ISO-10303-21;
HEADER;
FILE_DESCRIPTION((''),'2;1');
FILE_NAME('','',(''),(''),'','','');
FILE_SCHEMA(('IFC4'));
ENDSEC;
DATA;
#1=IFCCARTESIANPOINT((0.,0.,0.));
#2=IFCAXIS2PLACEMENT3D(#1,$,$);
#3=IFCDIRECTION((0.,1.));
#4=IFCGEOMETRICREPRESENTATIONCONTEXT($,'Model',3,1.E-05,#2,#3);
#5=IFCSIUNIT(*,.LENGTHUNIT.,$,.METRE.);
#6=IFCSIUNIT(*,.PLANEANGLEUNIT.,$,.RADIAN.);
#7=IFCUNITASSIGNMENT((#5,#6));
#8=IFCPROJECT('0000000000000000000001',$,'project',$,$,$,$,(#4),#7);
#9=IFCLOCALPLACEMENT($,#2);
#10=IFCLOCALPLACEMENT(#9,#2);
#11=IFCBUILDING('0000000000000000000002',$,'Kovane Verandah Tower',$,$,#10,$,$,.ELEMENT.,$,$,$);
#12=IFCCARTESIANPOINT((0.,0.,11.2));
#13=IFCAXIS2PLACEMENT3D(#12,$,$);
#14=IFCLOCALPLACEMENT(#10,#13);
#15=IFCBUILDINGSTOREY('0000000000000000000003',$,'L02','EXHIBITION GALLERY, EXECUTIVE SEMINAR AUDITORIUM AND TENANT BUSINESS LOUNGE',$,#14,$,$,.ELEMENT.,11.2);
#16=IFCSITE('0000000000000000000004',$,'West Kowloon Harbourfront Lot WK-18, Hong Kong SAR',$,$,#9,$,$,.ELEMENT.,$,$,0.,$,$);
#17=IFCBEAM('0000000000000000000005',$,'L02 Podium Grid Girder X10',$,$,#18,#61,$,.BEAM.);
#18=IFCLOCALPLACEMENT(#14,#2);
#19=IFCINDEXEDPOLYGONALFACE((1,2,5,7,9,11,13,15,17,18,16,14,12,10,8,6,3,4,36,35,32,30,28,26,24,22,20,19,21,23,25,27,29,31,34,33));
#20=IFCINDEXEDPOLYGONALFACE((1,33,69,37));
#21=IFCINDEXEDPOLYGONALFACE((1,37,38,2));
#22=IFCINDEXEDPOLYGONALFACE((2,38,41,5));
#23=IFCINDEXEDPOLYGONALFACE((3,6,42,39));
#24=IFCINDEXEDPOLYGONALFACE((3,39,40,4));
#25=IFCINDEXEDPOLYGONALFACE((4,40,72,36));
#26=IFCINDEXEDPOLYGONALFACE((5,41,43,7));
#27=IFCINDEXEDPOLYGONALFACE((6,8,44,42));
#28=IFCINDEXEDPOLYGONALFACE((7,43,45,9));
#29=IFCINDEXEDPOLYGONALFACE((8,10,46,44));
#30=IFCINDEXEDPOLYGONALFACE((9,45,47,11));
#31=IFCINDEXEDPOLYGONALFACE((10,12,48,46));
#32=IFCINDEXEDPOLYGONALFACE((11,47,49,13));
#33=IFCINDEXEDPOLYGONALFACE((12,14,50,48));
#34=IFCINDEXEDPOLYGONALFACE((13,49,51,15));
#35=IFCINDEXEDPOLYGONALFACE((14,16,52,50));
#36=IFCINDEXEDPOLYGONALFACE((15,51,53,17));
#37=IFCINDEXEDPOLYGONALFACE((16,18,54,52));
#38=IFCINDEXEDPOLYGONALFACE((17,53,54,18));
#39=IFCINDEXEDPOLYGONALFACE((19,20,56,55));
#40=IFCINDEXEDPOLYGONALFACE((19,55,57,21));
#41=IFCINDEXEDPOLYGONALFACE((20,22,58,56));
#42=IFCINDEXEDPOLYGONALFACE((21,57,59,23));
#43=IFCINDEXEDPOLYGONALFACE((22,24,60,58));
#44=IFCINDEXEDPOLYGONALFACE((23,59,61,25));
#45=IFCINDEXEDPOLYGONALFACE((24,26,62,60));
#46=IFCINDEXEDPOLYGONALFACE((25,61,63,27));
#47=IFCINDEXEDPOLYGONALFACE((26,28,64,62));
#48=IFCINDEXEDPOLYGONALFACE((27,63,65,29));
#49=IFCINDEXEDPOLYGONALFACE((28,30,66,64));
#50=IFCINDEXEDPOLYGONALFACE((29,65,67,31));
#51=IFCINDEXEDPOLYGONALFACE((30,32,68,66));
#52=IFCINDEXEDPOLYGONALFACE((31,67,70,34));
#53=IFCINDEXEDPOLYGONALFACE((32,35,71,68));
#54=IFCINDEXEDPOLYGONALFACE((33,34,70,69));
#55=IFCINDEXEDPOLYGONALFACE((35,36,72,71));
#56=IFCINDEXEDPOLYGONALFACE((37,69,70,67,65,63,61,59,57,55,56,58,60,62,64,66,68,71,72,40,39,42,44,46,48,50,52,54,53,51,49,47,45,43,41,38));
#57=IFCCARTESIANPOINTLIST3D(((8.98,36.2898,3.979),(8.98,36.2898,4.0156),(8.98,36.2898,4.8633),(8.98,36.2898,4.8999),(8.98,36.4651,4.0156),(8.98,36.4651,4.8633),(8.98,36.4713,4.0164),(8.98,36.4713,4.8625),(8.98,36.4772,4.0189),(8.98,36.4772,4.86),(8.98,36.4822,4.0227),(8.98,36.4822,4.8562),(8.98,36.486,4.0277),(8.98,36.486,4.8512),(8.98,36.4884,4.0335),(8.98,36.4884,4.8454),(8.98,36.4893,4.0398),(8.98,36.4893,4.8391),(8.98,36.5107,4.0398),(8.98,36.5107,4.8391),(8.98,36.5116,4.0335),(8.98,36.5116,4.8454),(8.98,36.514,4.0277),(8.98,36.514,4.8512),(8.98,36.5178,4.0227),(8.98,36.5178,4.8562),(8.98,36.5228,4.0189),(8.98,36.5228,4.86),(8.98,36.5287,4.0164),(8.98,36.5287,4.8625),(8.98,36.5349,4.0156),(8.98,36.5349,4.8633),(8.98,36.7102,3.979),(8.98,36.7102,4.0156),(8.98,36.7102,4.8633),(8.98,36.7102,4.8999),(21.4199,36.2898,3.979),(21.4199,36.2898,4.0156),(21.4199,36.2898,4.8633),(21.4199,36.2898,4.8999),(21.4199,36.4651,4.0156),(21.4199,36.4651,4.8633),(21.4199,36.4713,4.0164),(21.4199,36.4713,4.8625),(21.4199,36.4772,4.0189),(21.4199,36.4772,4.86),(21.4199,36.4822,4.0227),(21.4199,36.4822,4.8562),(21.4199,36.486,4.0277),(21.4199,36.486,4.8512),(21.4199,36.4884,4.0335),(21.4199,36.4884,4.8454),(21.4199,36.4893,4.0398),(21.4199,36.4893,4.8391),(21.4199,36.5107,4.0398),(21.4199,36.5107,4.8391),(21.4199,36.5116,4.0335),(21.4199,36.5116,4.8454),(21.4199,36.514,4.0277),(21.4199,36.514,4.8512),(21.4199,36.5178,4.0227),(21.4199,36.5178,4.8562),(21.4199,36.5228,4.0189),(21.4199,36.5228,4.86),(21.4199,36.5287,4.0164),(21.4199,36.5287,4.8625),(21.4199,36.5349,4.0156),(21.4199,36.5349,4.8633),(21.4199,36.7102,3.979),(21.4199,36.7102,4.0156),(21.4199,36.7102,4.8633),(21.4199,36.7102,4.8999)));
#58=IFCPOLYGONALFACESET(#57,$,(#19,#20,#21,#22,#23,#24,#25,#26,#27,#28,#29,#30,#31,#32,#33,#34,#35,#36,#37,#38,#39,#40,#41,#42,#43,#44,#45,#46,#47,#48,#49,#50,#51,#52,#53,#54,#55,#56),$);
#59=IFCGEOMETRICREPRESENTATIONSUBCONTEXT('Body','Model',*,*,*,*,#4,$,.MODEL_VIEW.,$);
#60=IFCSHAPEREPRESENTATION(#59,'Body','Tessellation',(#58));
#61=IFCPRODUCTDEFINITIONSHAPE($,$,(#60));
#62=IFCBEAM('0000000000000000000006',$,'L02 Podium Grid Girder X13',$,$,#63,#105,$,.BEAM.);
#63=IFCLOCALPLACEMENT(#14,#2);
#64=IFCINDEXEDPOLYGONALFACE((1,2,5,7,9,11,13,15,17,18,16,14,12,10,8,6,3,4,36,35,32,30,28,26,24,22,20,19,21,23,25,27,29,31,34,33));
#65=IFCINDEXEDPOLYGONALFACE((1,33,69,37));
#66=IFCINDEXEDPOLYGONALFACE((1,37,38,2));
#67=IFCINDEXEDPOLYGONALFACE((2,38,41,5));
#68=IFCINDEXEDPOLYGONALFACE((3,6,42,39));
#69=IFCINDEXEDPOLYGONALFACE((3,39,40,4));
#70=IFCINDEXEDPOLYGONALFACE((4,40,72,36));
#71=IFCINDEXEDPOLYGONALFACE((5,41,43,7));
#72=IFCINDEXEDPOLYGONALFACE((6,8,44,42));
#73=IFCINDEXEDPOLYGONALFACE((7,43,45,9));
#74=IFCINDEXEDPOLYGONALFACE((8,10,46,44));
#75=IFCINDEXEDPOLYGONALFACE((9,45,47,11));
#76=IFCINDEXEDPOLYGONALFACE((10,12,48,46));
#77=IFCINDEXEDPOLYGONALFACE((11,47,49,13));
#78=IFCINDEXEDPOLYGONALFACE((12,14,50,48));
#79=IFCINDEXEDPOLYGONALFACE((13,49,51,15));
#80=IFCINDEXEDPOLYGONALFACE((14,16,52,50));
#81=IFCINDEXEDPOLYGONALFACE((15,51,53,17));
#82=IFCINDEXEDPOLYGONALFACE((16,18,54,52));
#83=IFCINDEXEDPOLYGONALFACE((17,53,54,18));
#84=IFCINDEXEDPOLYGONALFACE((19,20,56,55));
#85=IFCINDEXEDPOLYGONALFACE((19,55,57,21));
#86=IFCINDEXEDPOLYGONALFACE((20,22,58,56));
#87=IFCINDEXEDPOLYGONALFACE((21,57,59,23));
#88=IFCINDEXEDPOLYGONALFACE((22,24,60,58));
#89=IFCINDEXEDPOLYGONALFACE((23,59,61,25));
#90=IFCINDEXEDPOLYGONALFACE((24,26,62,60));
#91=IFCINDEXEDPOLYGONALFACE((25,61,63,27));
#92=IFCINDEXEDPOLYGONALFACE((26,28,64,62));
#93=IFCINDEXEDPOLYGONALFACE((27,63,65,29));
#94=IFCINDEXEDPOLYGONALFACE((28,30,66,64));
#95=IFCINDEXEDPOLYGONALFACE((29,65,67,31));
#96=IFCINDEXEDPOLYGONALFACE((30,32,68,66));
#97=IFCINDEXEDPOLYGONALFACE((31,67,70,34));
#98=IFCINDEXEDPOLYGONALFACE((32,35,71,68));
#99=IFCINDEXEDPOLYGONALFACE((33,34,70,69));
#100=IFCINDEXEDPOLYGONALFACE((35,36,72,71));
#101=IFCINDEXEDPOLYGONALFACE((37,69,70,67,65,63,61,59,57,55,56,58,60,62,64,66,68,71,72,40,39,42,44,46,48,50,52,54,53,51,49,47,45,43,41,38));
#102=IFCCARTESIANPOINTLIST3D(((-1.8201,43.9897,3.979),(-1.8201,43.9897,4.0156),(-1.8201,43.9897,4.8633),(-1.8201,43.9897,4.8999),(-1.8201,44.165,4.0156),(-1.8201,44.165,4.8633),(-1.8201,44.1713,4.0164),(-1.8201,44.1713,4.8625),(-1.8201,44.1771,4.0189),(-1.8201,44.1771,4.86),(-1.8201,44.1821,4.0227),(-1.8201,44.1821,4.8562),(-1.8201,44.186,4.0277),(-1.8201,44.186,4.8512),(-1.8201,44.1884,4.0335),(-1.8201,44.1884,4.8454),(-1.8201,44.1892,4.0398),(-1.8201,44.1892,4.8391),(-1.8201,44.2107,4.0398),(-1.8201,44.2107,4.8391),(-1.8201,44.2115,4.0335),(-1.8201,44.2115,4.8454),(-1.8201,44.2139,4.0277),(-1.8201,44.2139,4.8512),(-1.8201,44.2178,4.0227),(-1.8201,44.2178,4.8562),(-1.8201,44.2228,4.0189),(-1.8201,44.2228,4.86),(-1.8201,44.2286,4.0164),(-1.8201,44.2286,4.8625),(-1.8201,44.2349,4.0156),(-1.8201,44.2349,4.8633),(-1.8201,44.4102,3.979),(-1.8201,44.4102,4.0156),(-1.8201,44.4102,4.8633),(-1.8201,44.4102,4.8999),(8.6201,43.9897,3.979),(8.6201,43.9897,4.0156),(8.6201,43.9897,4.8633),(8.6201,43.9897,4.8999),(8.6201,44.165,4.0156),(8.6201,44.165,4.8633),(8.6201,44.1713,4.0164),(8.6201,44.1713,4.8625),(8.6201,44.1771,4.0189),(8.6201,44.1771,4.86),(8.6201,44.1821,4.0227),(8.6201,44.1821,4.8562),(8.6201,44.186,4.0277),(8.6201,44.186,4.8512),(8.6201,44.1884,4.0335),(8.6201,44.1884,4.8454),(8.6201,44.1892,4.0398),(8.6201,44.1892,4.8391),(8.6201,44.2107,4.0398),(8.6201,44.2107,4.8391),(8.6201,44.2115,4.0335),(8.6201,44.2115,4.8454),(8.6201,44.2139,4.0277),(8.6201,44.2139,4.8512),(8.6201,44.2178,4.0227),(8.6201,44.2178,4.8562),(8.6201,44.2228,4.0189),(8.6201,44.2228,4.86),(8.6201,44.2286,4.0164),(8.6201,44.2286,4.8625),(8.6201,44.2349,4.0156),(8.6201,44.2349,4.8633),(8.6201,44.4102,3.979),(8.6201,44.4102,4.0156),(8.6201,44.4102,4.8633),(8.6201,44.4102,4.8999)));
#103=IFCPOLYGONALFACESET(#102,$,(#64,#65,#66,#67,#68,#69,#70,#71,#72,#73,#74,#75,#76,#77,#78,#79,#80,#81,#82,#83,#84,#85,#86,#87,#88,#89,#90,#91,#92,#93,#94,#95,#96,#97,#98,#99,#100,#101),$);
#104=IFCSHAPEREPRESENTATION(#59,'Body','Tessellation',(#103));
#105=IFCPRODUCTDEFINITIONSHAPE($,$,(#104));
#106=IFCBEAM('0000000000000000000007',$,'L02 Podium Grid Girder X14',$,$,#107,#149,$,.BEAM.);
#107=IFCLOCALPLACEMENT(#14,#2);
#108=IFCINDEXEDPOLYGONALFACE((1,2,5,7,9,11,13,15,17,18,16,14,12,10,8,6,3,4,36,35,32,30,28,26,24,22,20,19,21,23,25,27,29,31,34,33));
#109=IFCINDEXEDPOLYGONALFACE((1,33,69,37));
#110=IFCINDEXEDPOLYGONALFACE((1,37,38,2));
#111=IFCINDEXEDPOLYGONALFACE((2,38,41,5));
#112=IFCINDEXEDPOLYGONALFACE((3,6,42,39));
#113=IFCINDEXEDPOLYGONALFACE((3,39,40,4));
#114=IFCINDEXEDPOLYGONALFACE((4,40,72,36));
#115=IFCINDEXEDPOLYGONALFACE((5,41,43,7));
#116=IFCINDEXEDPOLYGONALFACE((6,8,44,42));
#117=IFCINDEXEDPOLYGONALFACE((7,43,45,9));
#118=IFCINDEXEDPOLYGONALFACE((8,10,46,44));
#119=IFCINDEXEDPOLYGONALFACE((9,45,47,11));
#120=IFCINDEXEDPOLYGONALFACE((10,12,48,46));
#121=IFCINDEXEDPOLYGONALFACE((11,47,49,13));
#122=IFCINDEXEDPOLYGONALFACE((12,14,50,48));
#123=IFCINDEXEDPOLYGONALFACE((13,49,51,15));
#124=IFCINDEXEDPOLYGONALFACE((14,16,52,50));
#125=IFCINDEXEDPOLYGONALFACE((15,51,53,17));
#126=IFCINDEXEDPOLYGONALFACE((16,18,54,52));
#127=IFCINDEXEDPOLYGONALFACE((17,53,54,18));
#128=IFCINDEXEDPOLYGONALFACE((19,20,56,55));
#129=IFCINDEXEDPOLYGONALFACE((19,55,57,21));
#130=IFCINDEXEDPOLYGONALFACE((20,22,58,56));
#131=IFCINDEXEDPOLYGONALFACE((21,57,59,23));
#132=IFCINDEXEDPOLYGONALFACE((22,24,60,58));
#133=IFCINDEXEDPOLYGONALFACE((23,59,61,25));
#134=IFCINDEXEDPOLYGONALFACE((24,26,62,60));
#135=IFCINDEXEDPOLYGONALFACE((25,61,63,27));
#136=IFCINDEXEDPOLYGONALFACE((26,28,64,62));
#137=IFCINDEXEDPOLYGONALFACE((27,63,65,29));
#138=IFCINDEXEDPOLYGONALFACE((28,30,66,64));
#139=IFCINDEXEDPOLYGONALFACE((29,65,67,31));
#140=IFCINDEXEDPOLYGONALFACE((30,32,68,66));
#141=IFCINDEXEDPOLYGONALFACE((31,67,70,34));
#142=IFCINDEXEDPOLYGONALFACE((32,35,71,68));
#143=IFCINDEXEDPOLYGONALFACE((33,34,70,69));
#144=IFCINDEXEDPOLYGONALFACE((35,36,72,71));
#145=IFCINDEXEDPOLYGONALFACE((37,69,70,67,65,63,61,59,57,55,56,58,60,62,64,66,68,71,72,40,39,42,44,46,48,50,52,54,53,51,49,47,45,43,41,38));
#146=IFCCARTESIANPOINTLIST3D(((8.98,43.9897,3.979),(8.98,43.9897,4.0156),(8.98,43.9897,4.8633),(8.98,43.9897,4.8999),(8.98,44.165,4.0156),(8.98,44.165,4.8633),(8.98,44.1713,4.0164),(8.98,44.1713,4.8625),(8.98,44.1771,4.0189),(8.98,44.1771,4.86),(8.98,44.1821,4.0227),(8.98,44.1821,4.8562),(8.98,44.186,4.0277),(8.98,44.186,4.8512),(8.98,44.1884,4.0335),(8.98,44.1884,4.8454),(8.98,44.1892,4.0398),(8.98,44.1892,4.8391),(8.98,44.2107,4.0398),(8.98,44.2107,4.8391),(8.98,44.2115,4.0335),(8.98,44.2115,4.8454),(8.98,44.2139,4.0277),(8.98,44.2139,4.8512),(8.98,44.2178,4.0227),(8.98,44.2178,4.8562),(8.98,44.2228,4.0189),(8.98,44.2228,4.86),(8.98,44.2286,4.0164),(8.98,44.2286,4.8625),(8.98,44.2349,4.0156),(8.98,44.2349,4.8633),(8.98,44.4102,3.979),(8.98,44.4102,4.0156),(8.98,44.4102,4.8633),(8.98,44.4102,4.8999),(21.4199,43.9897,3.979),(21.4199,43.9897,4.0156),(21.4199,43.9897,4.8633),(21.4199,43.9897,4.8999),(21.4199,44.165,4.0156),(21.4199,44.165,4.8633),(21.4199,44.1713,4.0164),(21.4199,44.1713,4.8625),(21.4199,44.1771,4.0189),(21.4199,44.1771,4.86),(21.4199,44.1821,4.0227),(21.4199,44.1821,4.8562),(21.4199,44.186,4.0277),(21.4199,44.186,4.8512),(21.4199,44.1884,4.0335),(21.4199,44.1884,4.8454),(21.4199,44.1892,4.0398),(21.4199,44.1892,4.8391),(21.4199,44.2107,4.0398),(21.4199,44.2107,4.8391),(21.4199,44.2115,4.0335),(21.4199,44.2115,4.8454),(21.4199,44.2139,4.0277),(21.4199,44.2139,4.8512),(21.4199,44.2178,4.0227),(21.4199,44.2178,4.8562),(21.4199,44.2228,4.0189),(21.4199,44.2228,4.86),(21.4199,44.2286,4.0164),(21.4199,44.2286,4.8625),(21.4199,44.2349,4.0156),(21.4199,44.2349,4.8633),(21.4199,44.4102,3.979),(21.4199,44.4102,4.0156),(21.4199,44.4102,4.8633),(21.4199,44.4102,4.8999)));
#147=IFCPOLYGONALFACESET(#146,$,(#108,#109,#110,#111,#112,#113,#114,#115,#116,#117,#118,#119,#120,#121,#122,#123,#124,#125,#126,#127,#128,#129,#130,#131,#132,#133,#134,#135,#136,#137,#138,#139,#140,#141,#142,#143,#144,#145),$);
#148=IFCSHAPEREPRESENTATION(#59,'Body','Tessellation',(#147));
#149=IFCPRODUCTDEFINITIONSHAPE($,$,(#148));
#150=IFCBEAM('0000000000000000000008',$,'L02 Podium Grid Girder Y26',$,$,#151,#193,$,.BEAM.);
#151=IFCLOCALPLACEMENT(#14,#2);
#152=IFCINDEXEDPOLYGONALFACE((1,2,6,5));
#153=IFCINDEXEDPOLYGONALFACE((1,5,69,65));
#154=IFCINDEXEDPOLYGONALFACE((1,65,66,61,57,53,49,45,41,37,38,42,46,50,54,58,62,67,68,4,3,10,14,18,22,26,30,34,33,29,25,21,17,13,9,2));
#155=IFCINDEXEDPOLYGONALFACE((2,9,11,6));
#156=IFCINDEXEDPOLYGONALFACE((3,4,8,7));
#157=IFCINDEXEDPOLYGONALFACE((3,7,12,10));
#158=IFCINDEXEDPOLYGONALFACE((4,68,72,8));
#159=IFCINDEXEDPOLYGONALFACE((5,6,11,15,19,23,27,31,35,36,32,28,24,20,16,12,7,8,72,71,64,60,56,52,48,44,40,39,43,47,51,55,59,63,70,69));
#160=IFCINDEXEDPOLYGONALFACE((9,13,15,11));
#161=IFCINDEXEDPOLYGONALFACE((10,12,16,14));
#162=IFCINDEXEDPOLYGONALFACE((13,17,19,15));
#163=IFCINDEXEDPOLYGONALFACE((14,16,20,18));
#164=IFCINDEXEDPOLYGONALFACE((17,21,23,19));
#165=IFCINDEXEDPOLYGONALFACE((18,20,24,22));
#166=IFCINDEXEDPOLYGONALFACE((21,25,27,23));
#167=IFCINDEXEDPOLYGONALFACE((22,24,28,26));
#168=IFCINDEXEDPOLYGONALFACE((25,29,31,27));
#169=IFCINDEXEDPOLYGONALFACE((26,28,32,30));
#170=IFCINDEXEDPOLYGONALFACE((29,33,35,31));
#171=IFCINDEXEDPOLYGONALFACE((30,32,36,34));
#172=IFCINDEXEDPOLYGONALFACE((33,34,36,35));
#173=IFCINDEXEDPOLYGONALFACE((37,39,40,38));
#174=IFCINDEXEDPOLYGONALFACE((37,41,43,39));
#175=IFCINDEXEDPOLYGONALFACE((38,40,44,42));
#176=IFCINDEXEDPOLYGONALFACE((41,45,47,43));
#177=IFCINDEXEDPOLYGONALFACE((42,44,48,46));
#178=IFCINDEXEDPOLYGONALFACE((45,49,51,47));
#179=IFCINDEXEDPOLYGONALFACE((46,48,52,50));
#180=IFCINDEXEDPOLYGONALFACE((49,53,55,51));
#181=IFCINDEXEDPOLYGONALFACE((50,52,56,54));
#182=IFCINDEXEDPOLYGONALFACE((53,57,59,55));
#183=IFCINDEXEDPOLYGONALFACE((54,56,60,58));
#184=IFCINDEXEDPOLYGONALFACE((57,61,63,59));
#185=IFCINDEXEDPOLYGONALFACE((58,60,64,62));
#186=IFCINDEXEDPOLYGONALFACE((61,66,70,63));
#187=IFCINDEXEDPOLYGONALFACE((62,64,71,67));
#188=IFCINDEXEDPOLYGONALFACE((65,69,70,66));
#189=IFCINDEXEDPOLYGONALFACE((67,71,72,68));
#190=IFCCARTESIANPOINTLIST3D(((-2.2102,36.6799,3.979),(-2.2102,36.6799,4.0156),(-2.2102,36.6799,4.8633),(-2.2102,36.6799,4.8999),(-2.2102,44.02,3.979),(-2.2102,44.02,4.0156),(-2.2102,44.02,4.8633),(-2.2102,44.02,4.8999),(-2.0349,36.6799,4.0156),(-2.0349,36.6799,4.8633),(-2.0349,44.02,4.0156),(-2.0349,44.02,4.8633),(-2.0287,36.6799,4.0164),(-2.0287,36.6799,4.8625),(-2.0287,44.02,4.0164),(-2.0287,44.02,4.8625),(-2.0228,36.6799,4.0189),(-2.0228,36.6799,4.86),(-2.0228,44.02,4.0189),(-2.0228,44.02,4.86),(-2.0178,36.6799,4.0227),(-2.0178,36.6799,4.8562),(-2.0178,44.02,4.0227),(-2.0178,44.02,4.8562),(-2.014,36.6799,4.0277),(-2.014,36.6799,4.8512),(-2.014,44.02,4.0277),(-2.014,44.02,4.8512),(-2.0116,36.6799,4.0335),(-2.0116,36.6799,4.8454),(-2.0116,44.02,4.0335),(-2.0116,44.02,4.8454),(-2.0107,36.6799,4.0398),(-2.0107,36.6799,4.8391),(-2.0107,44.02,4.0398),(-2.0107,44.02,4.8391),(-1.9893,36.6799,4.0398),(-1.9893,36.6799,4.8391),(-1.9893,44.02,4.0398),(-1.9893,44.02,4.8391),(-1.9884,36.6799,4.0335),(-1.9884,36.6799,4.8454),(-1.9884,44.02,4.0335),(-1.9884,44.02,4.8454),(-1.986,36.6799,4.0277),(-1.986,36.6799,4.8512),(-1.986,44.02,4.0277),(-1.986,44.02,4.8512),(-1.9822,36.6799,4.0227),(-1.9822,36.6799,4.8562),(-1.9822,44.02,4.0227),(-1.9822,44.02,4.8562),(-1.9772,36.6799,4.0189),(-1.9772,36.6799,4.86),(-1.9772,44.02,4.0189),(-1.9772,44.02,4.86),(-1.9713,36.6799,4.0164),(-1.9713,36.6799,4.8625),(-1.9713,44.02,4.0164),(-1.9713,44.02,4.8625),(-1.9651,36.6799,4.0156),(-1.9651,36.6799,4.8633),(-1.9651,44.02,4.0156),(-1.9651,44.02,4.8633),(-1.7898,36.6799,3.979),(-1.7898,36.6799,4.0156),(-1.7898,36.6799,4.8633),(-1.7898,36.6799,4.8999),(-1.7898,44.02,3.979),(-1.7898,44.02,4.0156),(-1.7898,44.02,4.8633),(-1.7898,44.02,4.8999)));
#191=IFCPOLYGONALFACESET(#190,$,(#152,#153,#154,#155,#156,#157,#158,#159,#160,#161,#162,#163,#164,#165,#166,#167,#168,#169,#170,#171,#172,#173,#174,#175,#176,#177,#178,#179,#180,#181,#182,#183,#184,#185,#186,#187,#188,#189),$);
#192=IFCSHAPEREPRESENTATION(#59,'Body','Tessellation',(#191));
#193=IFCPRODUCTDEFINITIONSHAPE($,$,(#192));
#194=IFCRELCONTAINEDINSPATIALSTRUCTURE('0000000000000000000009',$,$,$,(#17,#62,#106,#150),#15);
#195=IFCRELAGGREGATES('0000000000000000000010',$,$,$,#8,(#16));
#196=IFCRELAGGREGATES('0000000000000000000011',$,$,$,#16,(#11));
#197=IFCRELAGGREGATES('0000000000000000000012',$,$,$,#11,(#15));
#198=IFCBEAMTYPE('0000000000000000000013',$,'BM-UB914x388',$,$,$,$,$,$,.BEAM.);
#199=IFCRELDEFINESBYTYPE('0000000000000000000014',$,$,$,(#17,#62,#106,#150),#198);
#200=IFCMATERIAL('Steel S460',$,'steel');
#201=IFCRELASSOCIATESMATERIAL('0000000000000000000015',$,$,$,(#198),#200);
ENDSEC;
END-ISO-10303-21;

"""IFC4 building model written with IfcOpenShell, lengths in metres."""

from ifc_helpers import new_model, si_unit, direction, frame, origin, origin_2d, place, context, subcontext, project, spatial, i_section, extrude, material, material_profile, profile_set, type_object, element, save


model = new_model("IFC4")

# Units and contexts
model_context = context("Model", 3, precision=1e-05, world=origin(), true_north=direction((0.0, 1.0)))
body_context = subcontext(model_context, "Body", "Model", "MODEL_VIEW")
ifc_project = project(units=[si_unit("LENGTHUNIT", "METRE"), si_unit("PLANEANGLEUNIT", "RADIAN")], contexts=[model_context])

# Site, building, storey
site_placement = place(None, origin())
site = spatial("IfcSite", under=ifc_project, at=site_placement, Name="West Kowloon Harbourfront Lot WK-18, Hong Kong SAR", CompositionType="ELEMENT", RefElevation=0.0)
building_placement = place(site_placement, origin())
building = spatial("IfcBuilding", under=site, at=building_placement, Name="Kovane Verandah Tower", CompositionType="ELEMENT")
storey_placement = place(building_placement, frame((0.0, 0.0, 11.2)))
storey = spatial("IfcBuildingStorey", under=building, at=storey_placement, Name="L02", Description="EXHIBITION GALLERY, EXECUTIVE SEMINAR AUDITORIUM AND TENANT BUSINESS LOUNGE", CompositionType="ELEMENT", Elevation=11.2)

# Beams
ifc_material_1 = material(Name="Steel S460", Category="steel")
ifc_material_profile_1 = material_profile(ifc_material_1, i_section(OverallWidth=0.4204, OverallDepth=0.9209, WebThickness=0.0215, FlangeThickness=0.0366, FilletRadius=0.0242, at=origin_2d()), Name="UB914x419x388")
ifc_profile_set_1 = profile_set([ifc_material_profile_1], Name="Steel S460")
beam_type = type_object("IfcBeamType", Name="BM-UB914x388", PredefinedType="BEAM", material=ifc_profile_set_1)
beam_1_placement = place(storey_placement, frame((8.98, 36.5, 4.4395), z_axis=(1.0, 0.0, 0.0), x_axis=(0.0, 1.0, 0.0)))
element("IfcBeam", 1, at=beam_1_placement, inside=storey, type_object=beam_type, Name="L02 Podium Grid Girder X10", PredefinedType="BEAM", context=body_context, shape_type="SweptSolid", body=[
    extrude(i_section(OverallWidth=0.4204, OverallDepth=0.9209, WebThickness=0.0215, FlangeThickness=0.0366, FilletRadius=0.0242, at=origin_2d()), origin(), (0.0, 0.0, 1.0), 12.4399),
])
beam_2_placement = place(storey_placement, frame((-1.8201, 44.2, 4.4395), z_axis=(1.0, 0.0, 0.0), x_axis=(0.0, 1.0, 0.0)))
element("IfcBeam", 2, at=beam_2_placement, inside=storey, type_object=beam_type, Name="L02 Podium Grid Girder X13", PredefinedType="BEAM", context=body_context, shape_type="SweptSolid", body=[
    extrude(i_section(OverallWidth=0.4204, OverallDepth=0.9209, WebThickness=0.0215, FlangeThickness=0.0366, FilletRadius=0.0242, at=origin_2d()), origin(), (0.0, 0.0, 1.0), 10.4402),
])
beam_3_placement = place(storey_placement, frame((8.98, 44.2, 4.4395), z_axis=(1.0, 0.0, 0.0), x_axis=(0.0, 1.0, 0.0)))
element("IfcBeam", 3, at=beam_3_placement, inside=storey, type_object=beam_type, Name="L02 Podium Grid Girder X14", PredefinedType="BEAM", context=body_context, shape_type="SweptSolid", body=[
    extrude(i_section(OverallWidth=0.4204, OverallDepth=0.9209, WebThickness=0.0215, FlangeThickness=0.0366, FilletRadius=0.0242, at=origin_2d()), origin(), (0.0, 0.0, 1.0), 12.4399),
])
for number, where, z_axis, x_axis, name in (
    (4, (-2.0, 36.6799, 4.4395), (0.0, 1.0, 0.0), (-1.0, 0.0, 0.0), "L02 Podium Grid Girder Y26"),
):
    element("IfcBeam", number, at=place(storey_placement, frame(where, z_axis=z_axis, x_axis=x_axis)), inside=storey, type_object=beam_type, Name=name, PredefinedType="BEAM", context=body_context, shape_type="SweptSolid", body=[
        extrude(i_section(OverallWidth=0.4204, OverallDepth=0.9209, WebThickness=0.0215, FlangeThickness=0.0366, FilletRadius=0.0242, at=origin_2d()), origin(), (0.0, 0.0, 1.0), 7.3401),
    ])

save(model, "model.ifc")
